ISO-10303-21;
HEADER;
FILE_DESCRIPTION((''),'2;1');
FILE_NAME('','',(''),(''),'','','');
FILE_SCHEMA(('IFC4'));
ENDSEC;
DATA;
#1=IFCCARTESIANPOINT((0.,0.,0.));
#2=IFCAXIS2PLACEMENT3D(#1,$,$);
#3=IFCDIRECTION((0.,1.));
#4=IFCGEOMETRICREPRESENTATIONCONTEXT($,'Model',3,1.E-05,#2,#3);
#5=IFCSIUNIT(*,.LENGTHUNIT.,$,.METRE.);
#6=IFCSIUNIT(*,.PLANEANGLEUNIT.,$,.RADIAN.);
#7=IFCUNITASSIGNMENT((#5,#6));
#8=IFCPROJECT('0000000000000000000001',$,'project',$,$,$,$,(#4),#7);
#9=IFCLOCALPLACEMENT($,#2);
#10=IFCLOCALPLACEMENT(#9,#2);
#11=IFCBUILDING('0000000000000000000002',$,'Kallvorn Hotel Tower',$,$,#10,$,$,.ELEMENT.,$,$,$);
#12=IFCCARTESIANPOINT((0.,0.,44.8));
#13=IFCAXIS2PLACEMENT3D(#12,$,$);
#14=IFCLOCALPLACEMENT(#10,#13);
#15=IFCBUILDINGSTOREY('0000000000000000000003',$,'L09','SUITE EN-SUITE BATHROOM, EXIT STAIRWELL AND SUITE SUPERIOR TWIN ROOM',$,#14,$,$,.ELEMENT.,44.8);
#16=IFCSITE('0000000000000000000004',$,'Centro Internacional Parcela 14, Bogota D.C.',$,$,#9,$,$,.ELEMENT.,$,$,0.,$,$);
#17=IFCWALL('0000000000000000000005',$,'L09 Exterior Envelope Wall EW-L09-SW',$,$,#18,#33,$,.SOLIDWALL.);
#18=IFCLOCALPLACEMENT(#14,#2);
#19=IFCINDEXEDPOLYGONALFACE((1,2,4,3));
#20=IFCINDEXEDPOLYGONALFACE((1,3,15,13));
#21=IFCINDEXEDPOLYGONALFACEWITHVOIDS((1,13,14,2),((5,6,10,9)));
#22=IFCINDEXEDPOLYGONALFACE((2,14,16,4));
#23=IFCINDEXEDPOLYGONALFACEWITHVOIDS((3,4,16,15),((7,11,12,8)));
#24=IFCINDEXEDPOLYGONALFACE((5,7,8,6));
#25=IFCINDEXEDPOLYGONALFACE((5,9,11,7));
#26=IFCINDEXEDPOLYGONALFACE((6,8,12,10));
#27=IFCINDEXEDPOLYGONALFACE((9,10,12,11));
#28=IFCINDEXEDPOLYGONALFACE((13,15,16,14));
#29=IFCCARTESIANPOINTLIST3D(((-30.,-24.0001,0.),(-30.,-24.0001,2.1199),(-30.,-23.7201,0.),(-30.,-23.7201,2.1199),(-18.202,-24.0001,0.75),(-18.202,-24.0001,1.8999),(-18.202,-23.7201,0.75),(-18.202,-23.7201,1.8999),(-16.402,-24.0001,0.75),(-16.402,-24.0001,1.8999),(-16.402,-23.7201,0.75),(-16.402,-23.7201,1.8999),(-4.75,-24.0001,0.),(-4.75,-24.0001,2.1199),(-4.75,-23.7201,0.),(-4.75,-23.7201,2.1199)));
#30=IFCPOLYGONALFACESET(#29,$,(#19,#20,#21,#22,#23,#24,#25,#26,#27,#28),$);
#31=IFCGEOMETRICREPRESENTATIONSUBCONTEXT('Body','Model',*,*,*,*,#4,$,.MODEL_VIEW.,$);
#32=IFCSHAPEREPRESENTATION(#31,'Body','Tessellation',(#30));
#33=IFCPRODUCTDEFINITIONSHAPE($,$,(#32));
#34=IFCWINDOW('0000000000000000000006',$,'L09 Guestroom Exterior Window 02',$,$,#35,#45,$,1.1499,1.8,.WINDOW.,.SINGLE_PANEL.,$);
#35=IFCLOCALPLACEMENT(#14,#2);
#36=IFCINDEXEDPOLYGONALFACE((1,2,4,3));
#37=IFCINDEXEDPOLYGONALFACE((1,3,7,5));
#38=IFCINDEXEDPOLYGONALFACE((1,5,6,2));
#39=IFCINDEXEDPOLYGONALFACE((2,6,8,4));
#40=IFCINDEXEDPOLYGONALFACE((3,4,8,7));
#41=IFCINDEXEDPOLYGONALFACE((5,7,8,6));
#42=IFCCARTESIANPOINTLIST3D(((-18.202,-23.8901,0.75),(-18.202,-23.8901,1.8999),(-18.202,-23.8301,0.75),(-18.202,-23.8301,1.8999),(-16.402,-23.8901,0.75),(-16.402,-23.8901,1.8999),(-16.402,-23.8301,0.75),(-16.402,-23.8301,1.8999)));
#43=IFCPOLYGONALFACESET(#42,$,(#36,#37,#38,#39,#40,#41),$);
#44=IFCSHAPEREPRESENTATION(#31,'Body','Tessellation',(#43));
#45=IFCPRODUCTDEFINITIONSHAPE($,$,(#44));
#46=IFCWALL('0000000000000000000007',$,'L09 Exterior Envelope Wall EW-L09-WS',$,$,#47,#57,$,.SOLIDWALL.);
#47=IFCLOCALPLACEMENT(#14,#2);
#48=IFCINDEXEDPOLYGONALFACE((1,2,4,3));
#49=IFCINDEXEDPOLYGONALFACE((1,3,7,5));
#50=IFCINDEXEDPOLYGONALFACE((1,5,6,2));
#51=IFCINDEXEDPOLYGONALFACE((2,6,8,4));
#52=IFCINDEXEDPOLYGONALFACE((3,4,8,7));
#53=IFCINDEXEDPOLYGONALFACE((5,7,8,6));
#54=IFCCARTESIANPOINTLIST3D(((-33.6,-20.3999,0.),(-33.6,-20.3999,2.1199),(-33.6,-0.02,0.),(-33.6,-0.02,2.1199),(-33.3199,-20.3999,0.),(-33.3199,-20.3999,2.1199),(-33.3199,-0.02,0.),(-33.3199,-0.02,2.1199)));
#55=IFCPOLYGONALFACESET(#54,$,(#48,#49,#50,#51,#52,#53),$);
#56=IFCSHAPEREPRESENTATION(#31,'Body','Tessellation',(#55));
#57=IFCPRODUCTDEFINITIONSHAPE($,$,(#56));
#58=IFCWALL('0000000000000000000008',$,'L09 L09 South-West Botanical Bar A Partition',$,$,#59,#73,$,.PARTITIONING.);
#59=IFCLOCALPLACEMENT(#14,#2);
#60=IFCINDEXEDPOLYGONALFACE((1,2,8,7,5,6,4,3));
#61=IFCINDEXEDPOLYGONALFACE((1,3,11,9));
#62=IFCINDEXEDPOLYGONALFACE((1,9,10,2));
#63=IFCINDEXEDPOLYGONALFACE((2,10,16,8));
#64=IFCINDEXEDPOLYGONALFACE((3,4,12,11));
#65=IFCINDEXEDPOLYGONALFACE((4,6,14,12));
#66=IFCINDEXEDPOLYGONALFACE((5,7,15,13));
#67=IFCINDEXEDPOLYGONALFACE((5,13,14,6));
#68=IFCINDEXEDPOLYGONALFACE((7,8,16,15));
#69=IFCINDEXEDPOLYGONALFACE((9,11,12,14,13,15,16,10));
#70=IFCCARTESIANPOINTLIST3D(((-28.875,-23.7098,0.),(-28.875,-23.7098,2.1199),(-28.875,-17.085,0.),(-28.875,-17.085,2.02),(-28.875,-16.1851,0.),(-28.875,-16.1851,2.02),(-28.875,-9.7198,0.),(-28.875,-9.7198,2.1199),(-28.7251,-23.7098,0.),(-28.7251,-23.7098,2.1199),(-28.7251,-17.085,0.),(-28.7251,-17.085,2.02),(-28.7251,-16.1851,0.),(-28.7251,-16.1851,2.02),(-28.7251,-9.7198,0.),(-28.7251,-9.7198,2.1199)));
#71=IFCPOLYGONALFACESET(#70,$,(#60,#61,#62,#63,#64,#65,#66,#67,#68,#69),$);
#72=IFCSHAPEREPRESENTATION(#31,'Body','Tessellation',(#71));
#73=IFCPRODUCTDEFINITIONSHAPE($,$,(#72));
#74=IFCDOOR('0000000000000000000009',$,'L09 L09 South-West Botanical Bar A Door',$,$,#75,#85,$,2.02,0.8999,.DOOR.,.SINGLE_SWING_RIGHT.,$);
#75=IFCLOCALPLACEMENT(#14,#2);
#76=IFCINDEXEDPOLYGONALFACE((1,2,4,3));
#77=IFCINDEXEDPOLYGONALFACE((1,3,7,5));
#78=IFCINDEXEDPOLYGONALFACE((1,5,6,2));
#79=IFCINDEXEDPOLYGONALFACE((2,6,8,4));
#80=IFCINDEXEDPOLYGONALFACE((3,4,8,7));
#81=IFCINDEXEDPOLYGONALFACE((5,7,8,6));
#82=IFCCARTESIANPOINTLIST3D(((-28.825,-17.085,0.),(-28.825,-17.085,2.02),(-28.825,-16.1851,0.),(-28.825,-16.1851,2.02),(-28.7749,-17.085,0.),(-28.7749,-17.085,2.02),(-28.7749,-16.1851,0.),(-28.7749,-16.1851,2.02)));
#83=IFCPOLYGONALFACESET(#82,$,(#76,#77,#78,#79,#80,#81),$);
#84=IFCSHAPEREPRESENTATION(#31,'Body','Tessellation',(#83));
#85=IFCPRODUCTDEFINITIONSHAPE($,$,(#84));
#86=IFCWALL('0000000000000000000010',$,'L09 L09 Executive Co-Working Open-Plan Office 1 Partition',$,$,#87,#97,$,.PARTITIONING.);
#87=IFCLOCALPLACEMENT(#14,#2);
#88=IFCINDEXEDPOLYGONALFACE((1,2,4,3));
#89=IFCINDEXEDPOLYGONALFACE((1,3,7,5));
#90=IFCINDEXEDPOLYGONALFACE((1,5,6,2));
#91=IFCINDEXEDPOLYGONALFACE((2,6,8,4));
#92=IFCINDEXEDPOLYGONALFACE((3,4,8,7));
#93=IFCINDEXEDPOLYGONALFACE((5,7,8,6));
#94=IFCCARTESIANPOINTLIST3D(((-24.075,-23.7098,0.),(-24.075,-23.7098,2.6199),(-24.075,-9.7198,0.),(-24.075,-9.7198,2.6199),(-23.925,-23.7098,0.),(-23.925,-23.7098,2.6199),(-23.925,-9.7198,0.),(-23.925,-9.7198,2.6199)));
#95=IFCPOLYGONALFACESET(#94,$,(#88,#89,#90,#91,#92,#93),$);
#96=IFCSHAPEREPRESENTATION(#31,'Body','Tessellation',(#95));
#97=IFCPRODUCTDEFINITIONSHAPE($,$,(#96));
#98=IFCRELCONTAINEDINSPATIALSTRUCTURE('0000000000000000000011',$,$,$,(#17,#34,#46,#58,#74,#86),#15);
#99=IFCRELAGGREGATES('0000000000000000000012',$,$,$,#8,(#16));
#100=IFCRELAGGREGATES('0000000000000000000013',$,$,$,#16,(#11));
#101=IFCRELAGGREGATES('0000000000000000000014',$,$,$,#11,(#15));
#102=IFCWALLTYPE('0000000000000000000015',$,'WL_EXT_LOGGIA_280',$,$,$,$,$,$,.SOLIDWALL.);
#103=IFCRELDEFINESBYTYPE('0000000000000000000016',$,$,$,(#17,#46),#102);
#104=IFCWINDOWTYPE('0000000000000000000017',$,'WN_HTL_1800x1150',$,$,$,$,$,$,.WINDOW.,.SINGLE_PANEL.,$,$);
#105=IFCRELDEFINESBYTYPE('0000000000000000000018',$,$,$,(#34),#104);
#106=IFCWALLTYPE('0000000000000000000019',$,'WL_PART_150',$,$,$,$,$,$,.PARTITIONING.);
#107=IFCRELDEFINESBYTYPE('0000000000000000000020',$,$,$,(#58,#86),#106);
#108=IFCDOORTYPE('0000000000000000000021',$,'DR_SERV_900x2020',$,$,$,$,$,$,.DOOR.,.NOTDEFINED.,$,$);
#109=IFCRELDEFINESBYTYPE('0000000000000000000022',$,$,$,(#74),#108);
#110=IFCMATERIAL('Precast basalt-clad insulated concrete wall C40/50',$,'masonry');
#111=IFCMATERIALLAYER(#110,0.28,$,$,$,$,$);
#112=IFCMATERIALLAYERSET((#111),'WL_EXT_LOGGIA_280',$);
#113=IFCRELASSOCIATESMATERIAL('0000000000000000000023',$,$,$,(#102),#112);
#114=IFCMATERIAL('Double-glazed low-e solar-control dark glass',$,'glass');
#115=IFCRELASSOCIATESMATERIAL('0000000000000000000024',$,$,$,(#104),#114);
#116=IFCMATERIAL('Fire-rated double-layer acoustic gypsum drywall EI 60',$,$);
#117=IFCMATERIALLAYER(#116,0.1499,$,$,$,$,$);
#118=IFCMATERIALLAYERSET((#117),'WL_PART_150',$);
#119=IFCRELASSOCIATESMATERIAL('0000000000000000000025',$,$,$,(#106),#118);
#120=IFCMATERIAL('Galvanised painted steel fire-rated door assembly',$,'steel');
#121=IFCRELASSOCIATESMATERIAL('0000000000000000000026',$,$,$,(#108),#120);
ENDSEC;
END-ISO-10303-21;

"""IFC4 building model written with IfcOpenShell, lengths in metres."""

from ifc_helpers import new_model, si_unit, direction, frame, frame_2d, origin, place, context, subcontext, project, spatial, rectangle, extrude, material, layer, layer_set, type_object, element, fill, save


model = new_model("IFC4")

# Units and contexts
model_context = context("Model", 3, precision=1e-05, world=origin(), true_north=direction((0.0, 1.0)))
body_context = subcontext(model_context, "Body", "Model", "MODEL_VIEW")
ifc_project = project(units=[si_unit("LENGTHUNIT", "METRE"), si_unit("PLANEANGLEUNIT", "RADIAN")], contexts=[model_context])

# Site, building, storey
site_placement = place(None, origin())
site = spatial("IfcSite", under=ifc_project, at=site_placement, Name="Centro Internacional Parcela 14, Bogota D.C.", CompositionType="ELEMENT", RefElevation=0.0)
building_placement = place(site_placement, origin())
building = spatial("IfcBuilding", under=site, at=building_placement, Name="Kallvorn Hotel Tower", CompositionType="ELEMENT")
storey_placement = place(building_placement, frame((0.0, 0.0, 44.8)))
storey = spatial("IfcBuildingStorey", under=building, at=storey_placement, Name="L09", Description="SUITE EN-SUITE BATHROOM, EXIT STAIRWELL AND SUITE SUPERIOR TWIN ROOM", CompositionType="ELEMENT", Elevation=44.8)

# Shared definitions
ifc_material_1 = material(Name="Precast basalt-clad insulated concrete wall C40/50", Category="masonry")
ifc_layer_1 = layer(ifc_material_1, 0.28)
ifc_layer_set_1 = layer_set([ifc_layer_1], Name="WL_EXT_LOGGIA_280")
wall_type_1 = type_object("IfcWallType", Name="WL_EXT_LOGGIA_280", PredefinedType="SOLIDWALL", material=ifc_layer_set_1)

# Wall, opening, window
wall_1_placement = place(storey_placement, frame((-30.0, -23.8601, 0.0), z_axis=(0.0, 0.0, 1.0), x_axis=(1.0, 0.0, 0.0)))
wall_1 = element("IfcWall", 1, at=wall_1_placement, inside=storey, type_object=wall_type_1, Name="L09 Exterior Envelope Wall EW-L09-SW", PredefinedType="SOLIDWALL", context=body_context, shape_type="SweptSolid", body=[
    extrude(rectangle(XDim=25.25, YDim=0.28, at=frame_2d((12.625, 0.0))), origin(), (0.0, 0.0, 1.0), 2.1199),
])
opening_1_placement = place(wall_1_placement, frame((11.7981, 0.0, 0.75)))
opening_1 = element("IfcOpeningElement", 2, at=opening_1_placement, cuts=wall_1, PredefinedType="OPENING", context=body_context, shape_type="SweptSolid", body=[
    extrude(rectangle(XDim=1.8, YDim=1.1499, at=frame_2d((0.8999, 0.575))), frame((0.0, 0.155, 0.0), z_axis=(0.0, -1.0, 0.0), x_axis=(1.0, 0.0, 0.0)), (0.0, 0.0, 1.0), 0.3101),
])
ifc_material_2 = material(Name="Double-glazed low-e solar-control dark glass", Category="glass")
window_type = type_object("IfcWindowType", Name="WN_HTL_1800x1150", PartitioningType="SINGLE_PANEL", PredefinedType="WINDOW", material=ifc_material_2)
window_placement = place(opening_1_placement, origin())
window = element("IfcWindow", 3, at=window_placement, inside=storey, type_object=window_type, Name="L09 Guestroom Exterior Window 02", OverallHeight=1.1499, OverallWidth=1.8, PartitioningType="SINGLE_PANEL", PredefinedType="WINDOW", context=body_context, shape_type="SweptSolid", body=[
    extrude(rectangle(XDim=1.8, YDim=1.1499, at=frame_2d((0.8999, 0.575))), frame((0.0, 0.03, 0.0), z_axis=(0.0, -1.0, 0.0), x_axis=(1.0, 0.0, 0.0)), (0.0, 0.0, 1.0), 0.0601),
])
fill(opening_1, window)

# Wall
wall_2_placement = place(storey_placement, frame((-33.46, -20.3999, 0.0), z_axis=(0.0, 0.0, 1.0), x_axis=(0.0, 1.0, 0.0)))
element("IfcWall", 4, at=wall_2_placement, inside=storey, type_object=wall_type_1, Name="L09 Exterior Envelope Wall EW-L09-WS", PredefinedType="SOLIDWALL", context=body_context, shape_type="SweptSolid", body=[
    extrude(rectangle(XDim=20.3799, YDim=0.28, at=frame_2d((10.1899, 0.0))), origin(), (0.0, 0.0, 1.0), 2.1199),
])

# Wall, opening, door
ifc_material_3 = material(Name="Fire-rated double-layer acoustic gypsum drywall EI 60")
ifc_layer_2 = layer(ifc_material_3, 0.1499)
ifc_layer_set_2 = layer_set([ifc_layer_2], Name="WL_PART_150")
wall_type_2 = type_object("IfcWallType", Name="WL_PART_150", PredefinedType="PARTITIONING", material=ifc_layer_set_2)
wall_3_placement = place(storey_placement, frame((-28.8, -23.71, 0.0), z_axis=(0.0, 0.0, 1.0), x_axis=(0.0, 1.0, 0.0)))
wall_3 = element("IfcWall", 5, at=wall_3_placement, inside=storey, type_object=wall_type_2, Name="L09 L09 South-West Botanical Bar A Partition", PredefinedType="PARTITIONING", context=body_context, shape_type="SweptSolid", body=[
    extrude(rectangle(XDim=13.99, YDim=0.1499, at=frame_2d((6.9951, 0.0))), origin(), (0.0, 0.0, 1.0), 2.1199),
])
opening_2_placement = place(wall_3_placement, frame((6.625, 0.0, 0.0)))
opening_2 = element("IfcOpeningElement", 6, at=opening_2_placement, cuts=wall_3, PredefinedType="OPENING", context=body_context, shape_type="SweptSolid", body=[
    extrude(rectangle(XDim=0.8999, YDim=2.02, at=frame_2d((0.45, 1.01))), frame((0.0, 0.0898, 0.0), z_axis=(0.0, -1.0, 0.0), x_axis=(1.0, 0.0, 0.0)), (0.0, 0.0, 1.0), 0.1799),
])
ifc_material_4 = material(Name="Galvanised painted steel fire-rated door assembly", Category="steel")
door_type = type_object("IfcDoorType", Name="DR_SERV_900x2020", OperationType="NOTDEFINED", PredefinedType="DOOR", material=ifc_material_4)
door_placement = place(opening_2_placement, origin())
door = element("IfcDoor", 7, at=door_placement, inside=storey, type_object=door_type, Name="L09 L09 South-West Botanical Bar A Door", OperationType="SINGLE_SWING_RIGHT", OverallHeight=2.02, OverallWidth=0.8999, PredefinedType="DOOR", context=body_context, shape_type="SweptSolid", body=[
    extrude(rectangle(XDim=0.8999, YDim=2.02, at=frame_2d((0.45, 1.01))), frame((0.0, 0.0249, 0.0), z_axis=(0.0, -1.0, 0.0), x_axis=(1.0, 0.0, 0.0)), (0.0, 0.0, 1.0), 0.05),
])
fill(opening_2, door)

# Wall
wall_4_placement = place(storey_placement, frame((-24.0, -23.71, 0.0), z_axis=(0.0, 0.0, 1.0), x_axis=(0.0, 1.0, 0.0)))
element("IfcWall", 8, at=wall_4_placement, inside=storey, type_object=wall_type_2, Name="L09 L09 Executive Co-Working Open-Plan Office 1 Partition", PredefinedType="PARTITIONING", context=body_context, shape_type="SweptSolid", body=[
    extrude(rectangle(XDim=13.99, YDim=0.1499, at=frame_2d((6.9951, 0.0))), origin(), (0.0, 0.0, 1.0), 2.6199),
])

save(model, "model.ifc")
